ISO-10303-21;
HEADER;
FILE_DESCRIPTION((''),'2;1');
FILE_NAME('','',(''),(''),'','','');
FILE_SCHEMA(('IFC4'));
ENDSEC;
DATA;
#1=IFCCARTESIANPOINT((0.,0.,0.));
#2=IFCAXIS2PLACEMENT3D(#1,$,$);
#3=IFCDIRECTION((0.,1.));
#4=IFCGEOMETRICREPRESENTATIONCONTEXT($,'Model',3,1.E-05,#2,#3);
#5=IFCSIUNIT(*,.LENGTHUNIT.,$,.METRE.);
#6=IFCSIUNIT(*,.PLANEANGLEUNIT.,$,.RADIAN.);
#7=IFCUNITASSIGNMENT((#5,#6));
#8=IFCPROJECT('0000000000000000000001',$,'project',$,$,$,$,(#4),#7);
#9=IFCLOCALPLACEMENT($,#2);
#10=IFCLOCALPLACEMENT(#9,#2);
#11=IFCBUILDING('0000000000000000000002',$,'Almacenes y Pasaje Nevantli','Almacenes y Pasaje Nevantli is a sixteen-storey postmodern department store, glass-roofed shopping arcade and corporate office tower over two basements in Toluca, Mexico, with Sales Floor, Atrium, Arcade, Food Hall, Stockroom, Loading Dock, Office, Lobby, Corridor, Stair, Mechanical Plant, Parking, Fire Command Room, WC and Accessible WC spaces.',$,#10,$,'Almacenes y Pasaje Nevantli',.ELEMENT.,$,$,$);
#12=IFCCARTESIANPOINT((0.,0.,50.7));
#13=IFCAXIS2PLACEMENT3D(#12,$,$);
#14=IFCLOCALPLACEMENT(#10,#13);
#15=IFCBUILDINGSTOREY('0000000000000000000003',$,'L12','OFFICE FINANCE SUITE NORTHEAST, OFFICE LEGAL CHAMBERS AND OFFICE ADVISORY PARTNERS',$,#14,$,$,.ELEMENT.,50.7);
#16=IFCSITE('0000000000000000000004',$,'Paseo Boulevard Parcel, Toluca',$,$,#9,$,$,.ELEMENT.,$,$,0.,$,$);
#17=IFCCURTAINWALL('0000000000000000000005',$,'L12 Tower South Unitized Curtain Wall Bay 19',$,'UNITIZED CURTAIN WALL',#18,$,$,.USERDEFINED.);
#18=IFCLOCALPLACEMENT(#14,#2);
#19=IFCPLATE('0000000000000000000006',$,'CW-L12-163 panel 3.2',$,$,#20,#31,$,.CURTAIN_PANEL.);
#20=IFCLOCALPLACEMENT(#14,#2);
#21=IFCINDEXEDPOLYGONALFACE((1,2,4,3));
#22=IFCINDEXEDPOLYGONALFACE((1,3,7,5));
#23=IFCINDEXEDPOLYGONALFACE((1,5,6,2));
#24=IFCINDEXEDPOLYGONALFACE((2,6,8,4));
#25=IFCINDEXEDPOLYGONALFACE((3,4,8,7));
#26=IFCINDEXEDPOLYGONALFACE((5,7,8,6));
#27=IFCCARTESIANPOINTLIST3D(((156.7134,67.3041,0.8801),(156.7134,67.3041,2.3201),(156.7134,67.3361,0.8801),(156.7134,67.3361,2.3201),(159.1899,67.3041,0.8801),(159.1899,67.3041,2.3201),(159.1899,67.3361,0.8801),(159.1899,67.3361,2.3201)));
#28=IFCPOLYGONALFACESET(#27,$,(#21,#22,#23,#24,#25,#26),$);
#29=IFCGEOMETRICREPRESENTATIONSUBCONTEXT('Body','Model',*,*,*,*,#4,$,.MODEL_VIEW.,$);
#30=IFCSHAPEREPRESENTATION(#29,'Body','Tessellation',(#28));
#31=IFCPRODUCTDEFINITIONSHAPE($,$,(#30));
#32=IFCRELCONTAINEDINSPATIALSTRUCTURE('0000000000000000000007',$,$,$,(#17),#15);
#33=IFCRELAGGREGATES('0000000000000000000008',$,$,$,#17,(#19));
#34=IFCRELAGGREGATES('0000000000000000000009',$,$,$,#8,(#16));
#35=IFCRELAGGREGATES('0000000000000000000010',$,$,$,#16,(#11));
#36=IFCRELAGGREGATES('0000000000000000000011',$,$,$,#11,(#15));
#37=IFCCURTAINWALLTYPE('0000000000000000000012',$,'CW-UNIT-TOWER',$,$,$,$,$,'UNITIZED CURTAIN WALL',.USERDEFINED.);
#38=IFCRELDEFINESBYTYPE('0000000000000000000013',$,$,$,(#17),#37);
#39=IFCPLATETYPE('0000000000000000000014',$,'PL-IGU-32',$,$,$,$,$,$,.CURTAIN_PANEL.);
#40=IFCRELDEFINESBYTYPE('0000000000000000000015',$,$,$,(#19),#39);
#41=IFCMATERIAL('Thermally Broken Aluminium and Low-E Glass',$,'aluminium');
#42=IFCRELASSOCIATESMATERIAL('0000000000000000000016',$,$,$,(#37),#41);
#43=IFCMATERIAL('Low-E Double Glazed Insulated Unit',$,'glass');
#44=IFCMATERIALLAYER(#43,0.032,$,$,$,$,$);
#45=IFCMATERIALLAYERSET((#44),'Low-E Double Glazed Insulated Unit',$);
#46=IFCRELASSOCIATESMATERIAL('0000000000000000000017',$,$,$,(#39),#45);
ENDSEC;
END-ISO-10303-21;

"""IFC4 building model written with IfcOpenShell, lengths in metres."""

from ifc_helpers import new_model, si_unit, direction, frame, origin, origin_2d, place, context, subcontext, project, spatial, rectangle, extrude, material, layer, layer_set, type_object, element, aggregate, save


model = new_model("IFC4")

# Units and contexts
model_context = context("Model", 3, precision=1e-05, world=origin(), true_north=direction((0.0, 1.0)))
body_context = subcontext(model_context, "Body", "Model", "MODEL_VIEW")
ifc_project = project(units=[si_unit("LENGTHUNIT", "METRE"), si_unit("PLANEANGLEUNIT", "RADIAN")], contexts=[model_context])

# Site, building, storey
site_placement = place(None, origin())
site = spatial("IfcSite", under=ifc_project, at=site_placement, Name="Paseo Boulevard Parcel, Toluca", CompositionType="ELEMENT", RefElevation=0.0)
building_placement = place(site_placement, origin())
building = spatial("IfcBuilding", under=site, at=building_placement, Name="Almacenes y Pasaje Nevantli", Description="Almacenes y Pasaje Nevantli is a sixteen-storey postmodern department store, glass-roofed shopping arcade and corporate office tower over two basements in Toluca, Mexico, with Sales Floor, Atrium, Arcade, Food Hall, Stockroom, Loading Dock, Office, Lobby, Corridor, Stair, Mechanical Plant, Parking, Fire Command Room, WC and Accessible WC spaces.", LongName="Almacenes y Pasaje Nevantli", CompositionType="ELEMENT")
storey_placement = place(building_placement, frame((0.0, 0.0, 50.7)))
storey = spatial("IfcBuildingStorey", under=building, at=storey_placement, Name="L12", Description="OFFICE FINANCE SUITE NORTHEAST, OFFICE LEGAL CHAMBERS AND OFFICE ADVISORY PARTNERS", CompositionType="ELEMENT", Elevation=50.7)

# Curtain wall, plate
ifc_material_1 = material(Name="Thermally Broken Aluminium and Low-E Glass", Category="aluminium")
curtain_wall_type = type_object("IfcCurtainWallType", Name="CW-UNIT-TOWER", ElementType="UNITIZED CURTAIN WALL", PredefinedType="USERDEFINED", material=ifc_material_1)
curtain_wall_placement = place(storey_placement, origin())
curtain_wall = element("IfcCurtainWall", 1, at=curtain_wall_placement, inside=storey, type_object=curtain_wall_type, Name="L12 Tower South Unitized Curtain Wall Bay 19", ObjectType="UNITIZED CURTAIN WALL", PredefinedType="USERDEFINED")
ifc_material_2 = material(Name="Low-E Double Glazed Insulated Unit", Category="glass")
ifc_layer = layer(ifc_material_2, 0.032)
ifc_layer_set = layer_set([ifc_layer], Name="Low-E Double Glazed Insulated Unit")
plate_type = type_object("IfcPlateType", Name="PL-IGU-32", PredefinedType="CURTAIN_PANEL", material=ifc_layer_set)
plate_1_placement = place(storey_placement, frame((157.9517, 67.3201, 0.8801), z_axis=(0.0, 0.0, 1.0), x_axis=(1.0, 0.0, 0.0)))
plate_1 = element("IfcPlate", 2, at=plate_1_placement, type_object=plate_type, Name="CW-L12-163 panel 3.2", PredefinedType="CURTAIN_PANEL", context=body_context, shape_type="SweptSolid", body=[
    extrude(rectangle(XDim=2.4766, YDim=0.032, at=origin_2d()), origin(), (0.0, 0.0, 1.0), 1.4399),
])
aggregate(curtain_wall, [plate_1])

save(model, "model.ifc")
